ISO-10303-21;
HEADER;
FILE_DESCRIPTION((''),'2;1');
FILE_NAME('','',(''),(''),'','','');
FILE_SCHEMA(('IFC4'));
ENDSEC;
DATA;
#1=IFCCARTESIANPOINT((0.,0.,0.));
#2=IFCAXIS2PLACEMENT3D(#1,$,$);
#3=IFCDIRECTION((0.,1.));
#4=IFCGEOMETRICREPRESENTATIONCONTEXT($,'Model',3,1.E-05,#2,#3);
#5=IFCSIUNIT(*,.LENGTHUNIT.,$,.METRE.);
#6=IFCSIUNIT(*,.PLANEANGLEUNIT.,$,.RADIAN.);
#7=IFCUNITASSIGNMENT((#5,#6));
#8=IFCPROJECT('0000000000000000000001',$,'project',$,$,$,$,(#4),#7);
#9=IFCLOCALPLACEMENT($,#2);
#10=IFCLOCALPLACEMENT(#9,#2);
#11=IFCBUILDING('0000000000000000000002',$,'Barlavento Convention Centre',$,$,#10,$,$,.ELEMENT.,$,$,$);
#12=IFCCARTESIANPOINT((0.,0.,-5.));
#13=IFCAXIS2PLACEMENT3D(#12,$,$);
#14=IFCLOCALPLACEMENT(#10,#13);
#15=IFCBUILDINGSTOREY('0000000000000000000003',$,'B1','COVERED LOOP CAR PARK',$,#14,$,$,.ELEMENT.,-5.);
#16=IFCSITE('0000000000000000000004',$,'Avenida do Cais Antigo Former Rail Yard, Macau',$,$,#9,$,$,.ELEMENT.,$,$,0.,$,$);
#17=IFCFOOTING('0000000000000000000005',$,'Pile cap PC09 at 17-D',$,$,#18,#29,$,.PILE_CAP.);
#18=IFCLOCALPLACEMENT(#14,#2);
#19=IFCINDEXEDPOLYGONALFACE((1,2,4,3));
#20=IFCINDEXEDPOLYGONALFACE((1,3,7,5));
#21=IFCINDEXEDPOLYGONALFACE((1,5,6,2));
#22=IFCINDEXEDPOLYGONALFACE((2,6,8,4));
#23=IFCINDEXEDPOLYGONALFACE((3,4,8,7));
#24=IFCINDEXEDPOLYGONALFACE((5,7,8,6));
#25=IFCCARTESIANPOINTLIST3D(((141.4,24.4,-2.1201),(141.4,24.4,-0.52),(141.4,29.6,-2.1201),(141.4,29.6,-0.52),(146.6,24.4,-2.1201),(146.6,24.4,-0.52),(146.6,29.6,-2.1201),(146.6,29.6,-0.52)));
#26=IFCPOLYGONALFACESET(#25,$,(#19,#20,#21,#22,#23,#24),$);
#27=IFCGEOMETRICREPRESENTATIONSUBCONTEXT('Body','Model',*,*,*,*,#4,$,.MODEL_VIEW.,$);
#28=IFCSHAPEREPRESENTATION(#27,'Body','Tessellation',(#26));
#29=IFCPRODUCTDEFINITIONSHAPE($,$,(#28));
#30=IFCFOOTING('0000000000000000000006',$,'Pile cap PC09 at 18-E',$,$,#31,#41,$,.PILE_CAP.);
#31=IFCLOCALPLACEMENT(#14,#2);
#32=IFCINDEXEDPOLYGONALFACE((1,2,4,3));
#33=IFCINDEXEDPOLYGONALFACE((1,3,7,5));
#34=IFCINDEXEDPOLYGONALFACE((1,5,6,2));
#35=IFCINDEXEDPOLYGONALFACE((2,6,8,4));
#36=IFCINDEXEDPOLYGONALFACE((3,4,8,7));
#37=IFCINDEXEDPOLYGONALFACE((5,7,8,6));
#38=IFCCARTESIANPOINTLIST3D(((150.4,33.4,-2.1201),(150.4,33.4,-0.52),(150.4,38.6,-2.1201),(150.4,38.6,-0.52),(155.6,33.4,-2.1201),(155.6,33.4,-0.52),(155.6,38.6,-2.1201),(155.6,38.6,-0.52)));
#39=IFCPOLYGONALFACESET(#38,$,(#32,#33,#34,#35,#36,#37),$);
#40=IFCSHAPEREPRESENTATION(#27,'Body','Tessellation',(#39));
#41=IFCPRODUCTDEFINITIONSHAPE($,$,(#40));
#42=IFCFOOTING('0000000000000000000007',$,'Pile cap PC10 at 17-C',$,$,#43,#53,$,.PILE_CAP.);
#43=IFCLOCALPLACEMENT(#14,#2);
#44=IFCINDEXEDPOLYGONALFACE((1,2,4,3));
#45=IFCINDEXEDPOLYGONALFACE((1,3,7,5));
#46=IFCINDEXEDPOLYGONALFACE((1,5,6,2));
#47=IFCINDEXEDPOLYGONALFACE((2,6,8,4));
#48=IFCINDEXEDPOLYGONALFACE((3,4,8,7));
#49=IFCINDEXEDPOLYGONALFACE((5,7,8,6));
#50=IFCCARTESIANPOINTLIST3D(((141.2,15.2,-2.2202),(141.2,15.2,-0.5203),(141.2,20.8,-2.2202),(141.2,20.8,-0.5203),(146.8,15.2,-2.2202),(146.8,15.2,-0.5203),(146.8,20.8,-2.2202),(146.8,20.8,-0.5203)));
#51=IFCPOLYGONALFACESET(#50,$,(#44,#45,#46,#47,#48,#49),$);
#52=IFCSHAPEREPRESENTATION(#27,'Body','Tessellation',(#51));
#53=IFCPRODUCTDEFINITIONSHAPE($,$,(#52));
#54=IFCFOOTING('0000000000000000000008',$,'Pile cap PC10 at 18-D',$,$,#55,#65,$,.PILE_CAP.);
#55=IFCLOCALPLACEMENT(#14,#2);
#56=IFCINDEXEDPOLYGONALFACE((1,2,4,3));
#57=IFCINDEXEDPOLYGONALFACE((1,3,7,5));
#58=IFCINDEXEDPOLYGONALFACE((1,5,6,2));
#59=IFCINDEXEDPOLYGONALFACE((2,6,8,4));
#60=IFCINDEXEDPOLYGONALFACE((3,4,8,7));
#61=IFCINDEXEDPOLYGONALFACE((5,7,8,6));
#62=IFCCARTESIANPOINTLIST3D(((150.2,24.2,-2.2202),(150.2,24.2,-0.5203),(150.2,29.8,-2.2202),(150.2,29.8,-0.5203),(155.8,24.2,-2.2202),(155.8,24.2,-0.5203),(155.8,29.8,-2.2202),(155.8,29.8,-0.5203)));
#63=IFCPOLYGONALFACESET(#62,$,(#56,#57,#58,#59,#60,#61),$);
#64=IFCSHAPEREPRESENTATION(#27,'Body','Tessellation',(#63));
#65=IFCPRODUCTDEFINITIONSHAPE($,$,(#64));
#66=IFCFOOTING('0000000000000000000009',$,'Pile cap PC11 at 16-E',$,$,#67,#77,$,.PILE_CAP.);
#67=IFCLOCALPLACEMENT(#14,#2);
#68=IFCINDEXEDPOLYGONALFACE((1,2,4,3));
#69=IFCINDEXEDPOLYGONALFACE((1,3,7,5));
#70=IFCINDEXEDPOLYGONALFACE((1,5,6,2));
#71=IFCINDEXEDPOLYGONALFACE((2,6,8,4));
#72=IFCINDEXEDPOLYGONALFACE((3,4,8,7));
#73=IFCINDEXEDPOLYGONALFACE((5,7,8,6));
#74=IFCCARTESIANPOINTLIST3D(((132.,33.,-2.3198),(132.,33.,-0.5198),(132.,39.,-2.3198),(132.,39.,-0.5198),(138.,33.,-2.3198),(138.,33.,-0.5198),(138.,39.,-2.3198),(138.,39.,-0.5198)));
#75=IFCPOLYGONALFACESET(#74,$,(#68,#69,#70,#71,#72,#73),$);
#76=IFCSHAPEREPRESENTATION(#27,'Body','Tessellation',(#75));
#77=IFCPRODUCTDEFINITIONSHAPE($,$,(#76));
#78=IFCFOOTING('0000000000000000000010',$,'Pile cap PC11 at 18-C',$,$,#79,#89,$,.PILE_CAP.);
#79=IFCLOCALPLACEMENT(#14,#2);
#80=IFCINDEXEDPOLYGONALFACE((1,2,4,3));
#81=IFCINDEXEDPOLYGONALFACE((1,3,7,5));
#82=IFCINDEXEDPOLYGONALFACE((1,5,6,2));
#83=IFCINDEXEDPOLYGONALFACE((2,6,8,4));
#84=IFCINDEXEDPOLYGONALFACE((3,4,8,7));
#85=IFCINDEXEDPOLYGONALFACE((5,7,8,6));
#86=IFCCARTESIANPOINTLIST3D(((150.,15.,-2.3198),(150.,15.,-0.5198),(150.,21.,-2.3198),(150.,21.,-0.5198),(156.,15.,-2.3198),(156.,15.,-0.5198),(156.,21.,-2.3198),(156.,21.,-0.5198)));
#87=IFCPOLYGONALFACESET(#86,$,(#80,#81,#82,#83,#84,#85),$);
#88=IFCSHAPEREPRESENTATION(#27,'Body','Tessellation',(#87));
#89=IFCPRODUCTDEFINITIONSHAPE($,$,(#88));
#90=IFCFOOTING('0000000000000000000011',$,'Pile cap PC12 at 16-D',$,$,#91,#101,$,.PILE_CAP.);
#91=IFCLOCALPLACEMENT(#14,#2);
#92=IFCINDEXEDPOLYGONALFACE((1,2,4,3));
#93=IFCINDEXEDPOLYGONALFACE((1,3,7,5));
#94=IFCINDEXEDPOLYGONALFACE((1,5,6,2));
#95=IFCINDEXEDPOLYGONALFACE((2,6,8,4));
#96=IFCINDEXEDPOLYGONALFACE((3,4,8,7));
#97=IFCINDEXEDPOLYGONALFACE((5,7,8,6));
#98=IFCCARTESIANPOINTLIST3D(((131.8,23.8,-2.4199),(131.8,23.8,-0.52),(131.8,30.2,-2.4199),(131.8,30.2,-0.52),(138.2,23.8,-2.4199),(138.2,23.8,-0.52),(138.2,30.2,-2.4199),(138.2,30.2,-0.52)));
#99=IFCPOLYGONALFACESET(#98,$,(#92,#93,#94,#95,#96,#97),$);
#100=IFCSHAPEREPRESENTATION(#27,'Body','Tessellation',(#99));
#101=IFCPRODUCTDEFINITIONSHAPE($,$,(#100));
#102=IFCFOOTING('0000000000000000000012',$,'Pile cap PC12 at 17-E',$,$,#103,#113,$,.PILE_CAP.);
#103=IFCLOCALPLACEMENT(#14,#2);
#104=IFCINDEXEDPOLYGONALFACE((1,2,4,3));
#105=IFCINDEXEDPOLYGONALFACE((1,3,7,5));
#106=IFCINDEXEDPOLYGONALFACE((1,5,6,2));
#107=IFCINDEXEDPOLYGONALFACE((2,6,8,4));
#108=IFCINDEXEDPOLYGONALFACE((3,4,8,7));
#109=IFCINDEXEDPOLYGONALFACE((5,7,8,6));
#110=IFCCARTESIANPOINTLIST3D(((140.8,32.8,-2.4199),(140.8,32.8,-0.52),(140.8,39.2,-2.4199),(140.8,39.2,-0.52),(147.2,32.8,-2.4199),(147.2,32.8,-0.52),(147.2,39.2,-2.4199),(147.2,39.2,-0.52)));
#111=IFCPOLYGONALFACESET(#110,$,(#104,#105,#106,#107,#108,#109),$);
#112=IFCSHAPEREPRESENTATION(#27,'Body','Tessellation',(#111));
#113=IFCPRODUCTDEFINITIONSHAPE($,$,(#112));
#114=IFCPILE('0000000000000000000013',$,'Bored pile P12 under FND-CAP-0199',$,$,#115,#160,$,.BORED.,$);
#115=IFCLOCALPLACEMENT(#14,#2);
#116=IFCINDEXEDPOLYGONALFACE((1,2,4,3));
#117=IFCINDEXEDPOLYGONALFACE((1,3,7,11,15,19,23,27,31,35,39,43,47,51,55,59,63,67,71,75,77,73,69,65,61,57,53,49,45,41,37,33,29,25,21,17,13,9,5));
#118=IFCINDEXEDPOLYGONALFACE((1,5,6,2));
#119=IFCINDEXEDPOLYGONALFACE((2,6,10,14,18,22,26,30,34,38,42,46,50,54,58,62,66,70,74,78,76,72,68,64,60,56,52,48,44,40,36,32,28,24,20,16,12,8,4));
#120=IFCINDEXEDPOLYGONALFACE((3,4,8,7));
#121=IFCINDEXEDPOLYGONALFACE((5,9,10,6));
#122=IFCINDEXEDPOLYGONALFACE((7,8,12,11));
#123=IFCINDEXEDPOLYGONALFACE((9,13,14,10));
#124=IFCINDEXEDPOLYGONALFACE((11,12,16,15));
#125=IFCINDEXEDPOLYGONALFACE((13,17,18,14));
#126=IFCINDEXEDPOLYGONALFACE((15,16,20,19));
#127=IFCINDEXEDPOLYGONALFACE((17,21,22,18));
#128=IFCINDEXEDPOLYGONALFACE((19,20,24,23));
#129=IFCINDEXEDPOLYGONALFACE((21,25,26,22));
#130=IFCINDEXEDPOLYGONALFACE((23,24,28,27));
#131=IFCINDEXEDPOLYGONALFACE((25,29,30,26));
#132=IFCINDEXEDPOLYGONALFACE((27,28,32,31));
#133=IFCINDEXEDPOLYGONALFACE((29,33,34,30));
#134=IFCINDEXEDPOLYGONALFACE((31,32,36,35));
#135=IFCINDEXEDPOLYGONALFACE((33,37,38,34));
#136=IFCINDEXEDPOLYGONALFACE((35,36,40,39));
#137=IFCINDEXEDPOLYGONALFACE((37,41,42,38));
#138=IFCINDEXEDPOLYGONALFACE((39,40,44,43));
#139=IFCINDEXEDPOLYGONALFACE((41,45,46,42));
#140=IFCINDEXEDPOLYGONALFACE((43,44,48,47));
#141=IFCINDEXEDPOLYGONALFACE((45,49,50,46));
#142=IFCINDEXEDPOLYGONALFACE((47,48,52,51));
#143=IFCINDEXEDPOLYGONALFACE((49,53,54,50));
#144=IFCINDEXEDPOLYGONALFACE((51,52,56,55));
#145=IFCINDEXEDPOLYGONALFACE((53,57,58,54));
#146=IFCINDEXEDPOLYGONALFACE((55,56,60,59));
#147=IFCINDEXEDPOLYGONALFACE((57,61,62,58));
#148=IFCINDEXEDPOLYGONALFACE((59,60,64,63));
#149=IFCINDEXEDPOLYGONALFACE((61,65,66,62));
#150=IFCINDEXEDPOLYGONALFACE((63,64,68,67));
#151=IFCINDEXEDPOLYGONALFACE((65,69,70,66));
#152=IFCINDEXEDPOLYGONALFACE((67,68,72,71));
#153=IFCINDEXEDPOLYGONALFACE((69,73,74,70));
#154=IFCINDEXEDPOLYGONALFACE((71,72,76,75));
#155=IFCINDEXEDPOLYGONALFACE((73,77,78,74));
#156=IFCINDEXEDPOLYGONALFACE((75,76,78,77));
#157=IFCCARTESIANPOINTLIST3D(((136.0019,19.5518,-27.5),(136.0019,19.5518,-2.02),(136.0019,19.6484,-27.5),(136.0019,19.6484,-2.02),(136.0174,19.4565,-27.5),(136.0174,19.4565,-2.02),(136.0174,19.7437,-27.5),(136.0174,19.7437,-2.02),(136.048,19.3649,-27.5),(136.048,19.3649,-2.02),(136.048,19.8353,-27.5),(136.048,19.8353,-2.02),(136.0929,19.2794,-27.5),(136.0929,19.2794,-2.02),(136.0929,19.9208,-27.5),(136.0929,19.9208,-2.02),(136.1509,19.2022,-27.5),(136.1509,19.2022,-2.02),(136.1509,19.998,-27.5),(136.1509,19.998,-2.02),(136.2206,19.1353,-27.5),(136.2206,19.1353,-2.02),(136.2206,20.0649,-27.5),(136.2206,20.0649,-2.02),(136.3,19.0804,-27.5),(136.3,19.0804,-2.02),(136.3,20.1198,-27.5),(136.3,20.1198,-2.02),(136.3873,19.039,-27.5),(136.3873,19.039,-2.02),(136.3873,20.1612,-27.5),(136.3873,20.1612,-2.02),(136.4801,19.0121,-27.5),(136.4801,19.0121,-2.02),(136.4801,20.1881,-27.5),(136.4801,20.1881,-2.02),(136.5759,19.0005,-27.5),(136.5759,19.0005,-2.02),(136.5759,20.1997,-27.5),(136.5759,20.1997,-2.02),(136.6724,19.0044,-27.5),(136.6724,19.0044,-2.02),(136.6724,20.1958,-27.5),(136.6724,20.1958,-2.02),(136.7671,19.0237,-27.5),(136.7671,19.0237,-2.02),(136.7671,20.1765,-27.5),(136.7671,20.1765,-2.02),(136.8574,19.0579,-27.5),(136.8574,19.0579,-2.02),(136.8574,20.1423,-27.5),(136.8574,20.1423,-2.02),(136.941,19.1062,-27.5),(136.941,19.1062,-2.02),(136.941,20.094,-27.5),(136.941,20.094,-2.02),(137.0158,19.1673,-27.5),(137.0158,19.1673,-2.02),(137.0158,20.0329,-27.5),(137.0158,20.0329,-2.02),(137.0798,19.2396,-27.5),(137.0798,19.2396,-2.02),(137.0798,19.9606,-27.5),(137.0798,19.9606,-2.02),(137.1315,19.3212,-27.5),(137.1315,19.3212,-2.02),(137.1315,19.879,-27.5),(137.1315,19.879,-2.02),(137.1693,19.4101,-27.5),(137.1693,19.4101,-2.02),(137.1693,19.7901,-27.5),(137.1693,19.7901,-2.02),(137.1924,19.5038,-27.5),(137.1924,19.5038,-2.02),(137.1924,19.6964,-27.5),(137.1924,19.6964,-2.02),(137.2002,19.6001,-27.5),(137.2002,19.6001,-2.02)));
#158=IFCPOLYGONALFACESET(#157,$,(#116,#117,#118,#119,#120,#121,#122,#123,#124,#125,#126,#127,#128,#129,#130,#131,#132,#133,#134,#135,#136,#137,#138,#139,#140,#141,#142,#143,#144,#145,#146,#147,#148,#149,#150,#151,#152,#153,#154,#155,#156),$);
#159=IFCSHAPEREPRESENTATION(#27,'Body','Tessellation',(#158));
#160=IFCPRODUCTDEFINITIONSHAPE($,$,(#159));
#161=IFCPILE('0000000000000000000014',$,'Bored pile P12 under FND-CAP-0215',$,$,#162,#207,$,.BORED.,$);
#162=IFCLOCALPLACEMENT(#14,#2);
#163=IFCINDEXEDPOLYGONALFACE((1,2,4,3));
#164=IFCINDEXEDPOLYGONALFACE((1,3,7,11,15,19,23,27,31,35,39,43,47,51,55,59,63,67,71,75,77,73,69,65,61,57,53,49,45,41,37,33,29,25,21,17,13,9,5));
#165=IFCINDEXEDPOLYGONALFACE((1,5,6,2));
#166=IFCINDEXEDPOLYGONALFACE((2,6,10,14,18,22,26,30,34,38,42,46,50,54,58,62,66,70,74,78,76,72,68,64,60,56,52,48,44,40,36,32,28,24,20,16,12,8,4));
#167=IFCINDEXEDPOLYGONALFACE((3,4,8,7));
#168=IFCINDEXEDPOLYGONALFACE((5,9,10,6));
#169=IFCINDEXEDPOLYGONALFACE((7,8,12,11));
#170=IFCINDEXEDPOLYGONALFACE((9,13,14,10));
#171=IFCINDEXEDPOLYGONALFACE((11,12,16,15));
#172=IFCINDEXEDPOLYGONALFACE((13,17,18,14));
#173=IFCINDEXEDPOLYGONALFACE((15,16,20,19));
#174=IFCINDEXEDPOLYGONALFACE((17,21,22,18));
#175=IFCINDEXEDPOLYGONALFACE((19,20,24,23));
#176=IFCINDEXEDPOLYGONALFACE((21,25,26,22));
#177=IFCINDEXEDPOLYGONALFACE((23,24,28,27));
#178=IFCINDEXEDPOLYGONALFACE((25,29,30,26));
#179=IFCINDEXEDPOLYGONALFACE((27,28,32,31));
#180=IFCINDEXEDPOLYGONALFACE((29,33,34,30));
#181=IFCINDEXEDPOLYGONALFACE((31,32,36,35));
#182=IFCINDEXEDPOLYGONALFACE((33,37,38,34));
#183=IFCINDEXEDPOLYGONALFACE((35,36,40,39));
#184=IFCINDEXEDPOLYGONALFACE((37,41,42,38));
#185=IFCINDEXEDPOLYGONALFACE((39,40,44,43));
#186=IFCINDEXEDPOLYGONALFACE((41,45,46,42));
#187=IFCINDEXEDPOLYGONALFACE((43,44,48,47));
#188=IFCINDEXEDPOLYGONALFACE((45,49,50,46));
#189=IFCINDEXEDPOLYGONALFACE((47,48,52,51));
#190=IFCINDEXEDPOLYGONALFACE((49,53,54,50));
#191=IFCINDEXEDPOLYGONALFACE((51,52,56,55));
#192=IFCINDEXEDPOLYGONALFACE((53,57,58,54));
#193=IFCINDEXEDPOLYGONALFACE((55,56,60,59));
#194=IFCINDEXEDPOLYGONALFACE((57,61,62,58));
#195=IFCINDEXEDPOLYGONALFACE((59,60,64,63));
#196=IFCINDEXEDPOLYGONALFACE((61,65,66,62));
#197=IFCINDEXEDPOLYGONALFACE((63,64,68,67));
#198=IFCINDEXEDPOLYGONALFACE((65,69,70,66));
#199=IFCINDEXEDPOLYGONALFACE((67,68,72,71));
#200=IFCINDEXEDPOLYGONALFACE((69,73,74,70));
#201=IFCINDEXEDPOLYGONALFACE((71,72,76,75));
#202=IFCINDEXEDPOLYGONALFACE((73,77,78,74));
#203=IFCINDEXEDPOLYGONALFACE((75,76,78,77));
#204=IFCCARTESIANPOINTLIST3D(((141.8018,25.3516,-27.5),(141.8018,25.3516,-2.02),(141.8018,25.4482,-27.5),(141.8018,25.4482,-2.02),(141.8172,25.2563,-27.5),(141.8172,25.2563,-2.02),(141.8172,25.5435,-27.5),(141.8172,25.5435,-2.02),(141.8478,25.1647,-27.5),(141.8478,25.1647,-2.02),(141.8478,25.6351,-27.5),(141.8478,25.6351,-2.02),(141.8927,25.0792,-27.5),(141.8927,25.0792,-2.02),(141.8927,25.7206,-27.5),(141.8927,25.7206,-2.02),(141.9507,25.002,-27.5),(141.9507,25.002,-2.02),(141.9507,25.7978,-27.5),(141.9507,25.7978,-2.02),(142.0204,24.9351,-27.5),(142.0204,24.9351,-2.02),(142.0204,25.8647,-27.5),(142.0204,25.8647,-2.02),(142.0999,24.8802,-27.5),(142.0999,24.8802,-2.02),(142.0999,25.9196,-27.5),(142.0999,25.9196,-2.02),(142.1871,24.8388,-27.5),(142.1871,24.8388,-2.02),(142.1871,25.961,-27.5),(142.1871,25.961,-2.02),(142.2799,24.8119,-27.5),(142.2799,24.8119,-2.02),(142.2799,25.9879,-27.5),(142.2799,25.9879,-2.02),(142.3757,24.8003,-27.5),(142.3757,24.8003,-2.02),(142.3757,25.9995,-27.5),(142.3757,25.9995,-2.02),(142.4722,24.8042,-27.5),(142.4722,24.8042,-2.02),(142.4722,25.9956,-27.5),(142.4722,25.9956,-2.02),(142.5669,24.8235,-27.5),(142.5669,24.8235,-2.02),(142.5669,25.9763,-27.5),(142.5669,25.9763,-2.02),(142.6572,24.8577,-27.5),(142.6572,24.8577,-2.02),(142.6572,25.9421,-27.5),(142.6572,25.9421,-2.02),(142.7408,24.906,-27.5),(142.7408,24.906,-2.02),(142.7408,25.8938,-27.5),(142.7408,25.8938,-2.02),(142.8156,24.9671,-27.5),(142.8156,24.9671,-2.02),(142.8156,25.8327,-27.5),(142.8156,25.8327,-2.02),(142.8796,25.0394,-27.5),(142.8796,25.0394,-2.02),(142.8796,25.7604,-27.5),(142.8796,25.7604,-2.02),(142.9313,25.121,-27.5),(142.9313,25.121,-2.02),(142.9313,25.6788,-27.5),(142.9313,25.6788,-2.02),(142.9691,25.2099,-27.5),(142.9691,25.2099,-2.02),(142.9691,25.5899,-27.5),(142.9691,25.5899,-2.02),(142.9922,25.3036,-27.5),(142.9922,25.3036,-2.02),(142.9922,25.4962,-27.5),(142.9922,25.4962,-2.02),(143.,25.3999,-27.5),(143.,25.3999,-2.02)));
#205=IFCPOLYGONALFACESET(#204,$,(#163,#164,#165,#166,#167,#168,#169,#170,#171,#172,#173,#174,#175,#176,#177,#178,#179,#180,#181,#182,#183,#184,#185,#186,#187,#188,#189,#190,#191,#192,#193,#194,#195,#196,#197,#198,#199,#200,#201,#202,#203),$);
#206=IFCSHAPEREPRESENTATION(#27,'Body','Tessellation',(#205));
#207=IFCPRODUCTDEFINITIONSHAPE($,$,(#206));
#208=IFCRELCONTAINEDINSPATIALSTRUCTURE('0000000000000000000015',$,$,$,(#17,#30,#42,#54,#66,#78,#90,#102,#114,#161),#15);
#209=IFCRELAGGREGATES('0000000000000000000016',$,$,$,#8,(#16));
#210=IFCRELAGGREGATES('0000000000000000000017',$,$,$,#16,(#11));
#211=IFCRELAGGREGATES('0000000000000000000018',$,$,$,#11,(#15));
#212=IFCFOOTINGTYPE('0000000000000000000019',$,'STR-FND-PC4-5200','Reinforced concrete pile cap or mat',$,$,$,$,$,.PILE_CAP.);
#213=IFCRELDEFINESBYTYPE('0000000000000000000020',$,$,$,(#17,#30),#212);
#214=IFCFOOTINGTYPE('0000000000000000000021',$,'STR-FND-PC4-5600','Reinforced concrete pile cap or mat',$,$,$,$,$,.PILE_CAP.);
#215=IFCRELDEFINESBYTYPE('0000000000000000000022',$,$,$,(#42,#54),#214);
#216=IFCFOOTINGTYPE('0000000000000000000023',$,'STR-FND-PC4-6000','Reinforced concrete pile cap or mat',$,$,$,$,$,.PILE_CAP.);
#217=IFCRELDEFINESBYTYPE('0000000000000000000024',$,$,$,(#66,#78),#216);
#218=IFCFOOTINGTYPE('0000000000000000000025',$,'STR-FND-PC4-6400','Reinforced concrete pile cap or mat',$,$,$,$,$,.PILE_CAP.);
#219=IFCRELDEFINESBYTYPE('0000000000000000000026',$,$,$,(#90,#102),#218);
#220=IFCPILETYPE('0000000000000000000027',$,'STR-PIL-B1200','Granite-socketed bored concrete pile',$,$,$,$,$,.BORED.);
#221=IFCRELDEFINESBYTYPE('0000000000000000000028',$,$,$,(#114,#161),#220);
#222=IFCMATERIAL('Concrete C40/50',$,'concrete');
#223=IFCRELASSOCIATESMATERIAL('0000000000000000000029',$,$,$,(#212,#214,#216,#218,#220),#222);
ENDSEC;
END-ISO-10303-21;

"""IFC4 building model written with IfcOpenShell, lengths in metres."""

from ifc_helpers import new_model, si_unit, direction, frame, origin, origin_2d, place, context, subcontext, project, spatial, rectangle, circle, extrude, material, material_profile, profile_set, type_object, element, save


model = new_model("IFC4")

# Units and contexts
model_context = context("Model", 3, precision=1e-05, world=origin(), true_north=direction((0.0, 1.0)))
body_context = subcontext(model_context, "Body", "Model", "MODEL_VIEW")
ifc_project = project(units=[si_unit("LENGTHUNIT", "METRE"), si_unit("PLANEANGLEUNIT", "RADIAN")], contexts=[model_context])

# Site, building, storey
site_placement = place(None, origin())
site = spatial("IfcSite", under=ifc_project, at=site_placement, Name="Avenida do Cais Antigo Former Rail Yard, Macau", CompositionType="ELEMENT", RefElevation=0.0)
building_placement = place(site_placement, origin())
building = spatial("IfcBuilding", under=site, at=building_placement, Name="Barlavento Convention Centre", CompositionType="ELEMENT")
storey_placement = place(building_placement, frame((0.0, 0.0, -5.0)))
storey = spatial("IfcBuildingStorey", under=building, at=storey_placement, Name="B1", Description="COVERED LOOP CAR PARK", CompositionType="ELEMENT", Elevation=-5.0)

# Footings
ifc_material_1 = material(Name="Concrete C40/50", Category="concrete")
footing_type_1 = type_object("IfcFootingType", Name="STR-FND-PC4-5200", Description="Reinforced concrete pile cap or mat", PredefinedType="PILE_CAP", material=ifc_material_1)
for number, where, z_axis, x_axis, name in (
    (1, (144.0, 27.0, -2.1201), (0.0, 0.0, 1.0), (1.0, 0.0, 0.0), "Pile cap PC09 at 17-D"),
    (2, (153.0, 36.0, -2.1201), (0.0, 0.0, 1.0), (1.0, 0.0, 0.0), "Pile cap PC09 at 18-E"),
):
    element("IfcFooting", number, at=place(storey_placement, frame(where, z_axis=z_axis, x_axis=x_axis)), inside=storey, type_object=footing_type_1, Name=name, PredefinedType="PILE_CAP", context=body_context, shape_type="SweptSolid", body=[
        extrude(rectangle(XDim=5.2, YDim=5.2, at=origin_2d()), origin(), (0.0, 0.0, 1.0), 1.6001),
    ])
footing_type_2 = type_object("IfcFootingType", Name="STR-FND-PC4-5600", Description="Reinforced concrete pile cap or mat", PredefinedType="PILE_CAP", material=ifc_material_1)
for number, where, z_axis, x_axis, name in (
    (3, (144.0, 18.0, -2.2202), (0.0, 0.0, 1.0), (1.0, 0.0, 0.0), "Pile cap PC10 at 17-C"),
    (4, (153.0, 27.0, -2.2202), (0.0, 0.0, 1.0), (1.0, 0.0, 0.0), "Pile cap PC10 at 18-D"),
):
    element("IfcFooting", number, at=place(storey_placement, frame(where, z_axis=z_axis, x_axis=x_axis)), inside=storey, type_object=footing_type_2, Name=name, PredefinedType="PILE_CAP", context=body_context, shape_type="SweptSolid", body=[
        extrude(rectangle(XDim=5.6001, YDim=5.6001, at=origin_2d()), origin(), (0.0, 0.0, 1.0), 1.7),
    ])
footing_type_3 = type_object("IfcFootingType", Name="STR-FND-PC4-6000", Description="Reinforced concrete pile cap or mat", PredefinedType="PILE_CAP", material=ifc_material_1)
for number, where, z_axis, x_axis, name in (
    (5, (135.0, 36.0, -2.3198), (0.0, 0.0, 1.0), (1.0, 0.0, 0.0), "Pile cap PC11 at 16-E"),
    (6, (153.0, 18.0, -2.3198), (0.0, 0.0, 1.0), (1.0, 0.0, 0.0), "Pile cap PC11 at 18-C"),
):
    element("IfcFooting", number, at=place(storey_placement, frame(where, z_axis=z_axis, x_axis=x_axis)), inside=storey, type_object=footing_type_3, Name=name, PredefinedType="PILE_CAP", context=body_context, shape_type="SweptSolid", body=[
        extrude(rectangle(XDim=6.0, YDim=6.0, at=origin_2d()), origin(), (0.0, 0.0, 1.0), 1.8),
    ])
footing_type_4 = type_object("IfcFootingType", Name="STR-FND-PC4-6400", Description="Reinforced concrete pile cap or mat", PredefinedType="PILE_CAP", material=ifc_material_1)
for number, where, z_axis, x_axis, name in (
    (7, (135.0, 27.0, -2.4199), (0.0, 0.0, 1.0), (1.0, 0.0, 0.0), "Pile cap PC12 at 16-D"),
    (8, (144.0, 36.0, -2.4199), (0.0, 0.0, 1.0), (1.0, 0.0, 0.0), "Pile cap PC12 at 17-E"),
):
    element("IfcFooting", number, at=place(storey_placement, frame(where, z_axis=z_axis, x_axis=x_axis)), inside=storey, type_object=footing_type_4, Name=name, PredefinedType="PILE_CAP", context=body_context, shape_type="SweptSolid", body=[
        extrude(rectangle(XDim=6.3999, YDim=6.3999, at=origin_2d()), origin(), (0.0, 0.0, 1.0), 1.8999),
    ])

# Piles
ifc_material_profile_1 = material_profile(ifc_material_1, circle(Radius=0.6001, at=origin_2d()), Name="BORED PILE 1200")
ifc_profile_set_1 = profile_set([ifc_material_profile_1], Name="Concrete C40/50")
pile_type_1 = type_object("IfcPileType", Name="STR-PIL-B1200", Description="Granite-socketed bored concrete pile", PredefinedType="BORED", material=ifc_profile_set_1)
for number, where, z_axis, x_axis, name in (
    (9, (136.6001, 19.6001, -2.02), (0.0, 0.0, -1.0), (1.0, 0.0, 0.0), "Bored pile P12 under FND-CAP-0199"),
    (10, (142.3999, 25.3999, -2.02), (0.0, 0.0, -1.0), (1.0, 0.0, 0.0), "Bored pile P12 under FND-CAP-0215"),
):
    element("IfcPile", number, at=place(storey_placement, frame(where, z_axis=z_axis, x_axis=x_axis)), inside=storey, type_object=pile_type_1, Name=name, PredefinedType="BORED", context=body_context, shape_type="SweptSolid", body=[
        extrude(circle(Radius=0.6001, at=origin_2d()), origin(), (0.0, 0.0, 1.0), 25.48),
    ])

save(model, "model.ifc")
